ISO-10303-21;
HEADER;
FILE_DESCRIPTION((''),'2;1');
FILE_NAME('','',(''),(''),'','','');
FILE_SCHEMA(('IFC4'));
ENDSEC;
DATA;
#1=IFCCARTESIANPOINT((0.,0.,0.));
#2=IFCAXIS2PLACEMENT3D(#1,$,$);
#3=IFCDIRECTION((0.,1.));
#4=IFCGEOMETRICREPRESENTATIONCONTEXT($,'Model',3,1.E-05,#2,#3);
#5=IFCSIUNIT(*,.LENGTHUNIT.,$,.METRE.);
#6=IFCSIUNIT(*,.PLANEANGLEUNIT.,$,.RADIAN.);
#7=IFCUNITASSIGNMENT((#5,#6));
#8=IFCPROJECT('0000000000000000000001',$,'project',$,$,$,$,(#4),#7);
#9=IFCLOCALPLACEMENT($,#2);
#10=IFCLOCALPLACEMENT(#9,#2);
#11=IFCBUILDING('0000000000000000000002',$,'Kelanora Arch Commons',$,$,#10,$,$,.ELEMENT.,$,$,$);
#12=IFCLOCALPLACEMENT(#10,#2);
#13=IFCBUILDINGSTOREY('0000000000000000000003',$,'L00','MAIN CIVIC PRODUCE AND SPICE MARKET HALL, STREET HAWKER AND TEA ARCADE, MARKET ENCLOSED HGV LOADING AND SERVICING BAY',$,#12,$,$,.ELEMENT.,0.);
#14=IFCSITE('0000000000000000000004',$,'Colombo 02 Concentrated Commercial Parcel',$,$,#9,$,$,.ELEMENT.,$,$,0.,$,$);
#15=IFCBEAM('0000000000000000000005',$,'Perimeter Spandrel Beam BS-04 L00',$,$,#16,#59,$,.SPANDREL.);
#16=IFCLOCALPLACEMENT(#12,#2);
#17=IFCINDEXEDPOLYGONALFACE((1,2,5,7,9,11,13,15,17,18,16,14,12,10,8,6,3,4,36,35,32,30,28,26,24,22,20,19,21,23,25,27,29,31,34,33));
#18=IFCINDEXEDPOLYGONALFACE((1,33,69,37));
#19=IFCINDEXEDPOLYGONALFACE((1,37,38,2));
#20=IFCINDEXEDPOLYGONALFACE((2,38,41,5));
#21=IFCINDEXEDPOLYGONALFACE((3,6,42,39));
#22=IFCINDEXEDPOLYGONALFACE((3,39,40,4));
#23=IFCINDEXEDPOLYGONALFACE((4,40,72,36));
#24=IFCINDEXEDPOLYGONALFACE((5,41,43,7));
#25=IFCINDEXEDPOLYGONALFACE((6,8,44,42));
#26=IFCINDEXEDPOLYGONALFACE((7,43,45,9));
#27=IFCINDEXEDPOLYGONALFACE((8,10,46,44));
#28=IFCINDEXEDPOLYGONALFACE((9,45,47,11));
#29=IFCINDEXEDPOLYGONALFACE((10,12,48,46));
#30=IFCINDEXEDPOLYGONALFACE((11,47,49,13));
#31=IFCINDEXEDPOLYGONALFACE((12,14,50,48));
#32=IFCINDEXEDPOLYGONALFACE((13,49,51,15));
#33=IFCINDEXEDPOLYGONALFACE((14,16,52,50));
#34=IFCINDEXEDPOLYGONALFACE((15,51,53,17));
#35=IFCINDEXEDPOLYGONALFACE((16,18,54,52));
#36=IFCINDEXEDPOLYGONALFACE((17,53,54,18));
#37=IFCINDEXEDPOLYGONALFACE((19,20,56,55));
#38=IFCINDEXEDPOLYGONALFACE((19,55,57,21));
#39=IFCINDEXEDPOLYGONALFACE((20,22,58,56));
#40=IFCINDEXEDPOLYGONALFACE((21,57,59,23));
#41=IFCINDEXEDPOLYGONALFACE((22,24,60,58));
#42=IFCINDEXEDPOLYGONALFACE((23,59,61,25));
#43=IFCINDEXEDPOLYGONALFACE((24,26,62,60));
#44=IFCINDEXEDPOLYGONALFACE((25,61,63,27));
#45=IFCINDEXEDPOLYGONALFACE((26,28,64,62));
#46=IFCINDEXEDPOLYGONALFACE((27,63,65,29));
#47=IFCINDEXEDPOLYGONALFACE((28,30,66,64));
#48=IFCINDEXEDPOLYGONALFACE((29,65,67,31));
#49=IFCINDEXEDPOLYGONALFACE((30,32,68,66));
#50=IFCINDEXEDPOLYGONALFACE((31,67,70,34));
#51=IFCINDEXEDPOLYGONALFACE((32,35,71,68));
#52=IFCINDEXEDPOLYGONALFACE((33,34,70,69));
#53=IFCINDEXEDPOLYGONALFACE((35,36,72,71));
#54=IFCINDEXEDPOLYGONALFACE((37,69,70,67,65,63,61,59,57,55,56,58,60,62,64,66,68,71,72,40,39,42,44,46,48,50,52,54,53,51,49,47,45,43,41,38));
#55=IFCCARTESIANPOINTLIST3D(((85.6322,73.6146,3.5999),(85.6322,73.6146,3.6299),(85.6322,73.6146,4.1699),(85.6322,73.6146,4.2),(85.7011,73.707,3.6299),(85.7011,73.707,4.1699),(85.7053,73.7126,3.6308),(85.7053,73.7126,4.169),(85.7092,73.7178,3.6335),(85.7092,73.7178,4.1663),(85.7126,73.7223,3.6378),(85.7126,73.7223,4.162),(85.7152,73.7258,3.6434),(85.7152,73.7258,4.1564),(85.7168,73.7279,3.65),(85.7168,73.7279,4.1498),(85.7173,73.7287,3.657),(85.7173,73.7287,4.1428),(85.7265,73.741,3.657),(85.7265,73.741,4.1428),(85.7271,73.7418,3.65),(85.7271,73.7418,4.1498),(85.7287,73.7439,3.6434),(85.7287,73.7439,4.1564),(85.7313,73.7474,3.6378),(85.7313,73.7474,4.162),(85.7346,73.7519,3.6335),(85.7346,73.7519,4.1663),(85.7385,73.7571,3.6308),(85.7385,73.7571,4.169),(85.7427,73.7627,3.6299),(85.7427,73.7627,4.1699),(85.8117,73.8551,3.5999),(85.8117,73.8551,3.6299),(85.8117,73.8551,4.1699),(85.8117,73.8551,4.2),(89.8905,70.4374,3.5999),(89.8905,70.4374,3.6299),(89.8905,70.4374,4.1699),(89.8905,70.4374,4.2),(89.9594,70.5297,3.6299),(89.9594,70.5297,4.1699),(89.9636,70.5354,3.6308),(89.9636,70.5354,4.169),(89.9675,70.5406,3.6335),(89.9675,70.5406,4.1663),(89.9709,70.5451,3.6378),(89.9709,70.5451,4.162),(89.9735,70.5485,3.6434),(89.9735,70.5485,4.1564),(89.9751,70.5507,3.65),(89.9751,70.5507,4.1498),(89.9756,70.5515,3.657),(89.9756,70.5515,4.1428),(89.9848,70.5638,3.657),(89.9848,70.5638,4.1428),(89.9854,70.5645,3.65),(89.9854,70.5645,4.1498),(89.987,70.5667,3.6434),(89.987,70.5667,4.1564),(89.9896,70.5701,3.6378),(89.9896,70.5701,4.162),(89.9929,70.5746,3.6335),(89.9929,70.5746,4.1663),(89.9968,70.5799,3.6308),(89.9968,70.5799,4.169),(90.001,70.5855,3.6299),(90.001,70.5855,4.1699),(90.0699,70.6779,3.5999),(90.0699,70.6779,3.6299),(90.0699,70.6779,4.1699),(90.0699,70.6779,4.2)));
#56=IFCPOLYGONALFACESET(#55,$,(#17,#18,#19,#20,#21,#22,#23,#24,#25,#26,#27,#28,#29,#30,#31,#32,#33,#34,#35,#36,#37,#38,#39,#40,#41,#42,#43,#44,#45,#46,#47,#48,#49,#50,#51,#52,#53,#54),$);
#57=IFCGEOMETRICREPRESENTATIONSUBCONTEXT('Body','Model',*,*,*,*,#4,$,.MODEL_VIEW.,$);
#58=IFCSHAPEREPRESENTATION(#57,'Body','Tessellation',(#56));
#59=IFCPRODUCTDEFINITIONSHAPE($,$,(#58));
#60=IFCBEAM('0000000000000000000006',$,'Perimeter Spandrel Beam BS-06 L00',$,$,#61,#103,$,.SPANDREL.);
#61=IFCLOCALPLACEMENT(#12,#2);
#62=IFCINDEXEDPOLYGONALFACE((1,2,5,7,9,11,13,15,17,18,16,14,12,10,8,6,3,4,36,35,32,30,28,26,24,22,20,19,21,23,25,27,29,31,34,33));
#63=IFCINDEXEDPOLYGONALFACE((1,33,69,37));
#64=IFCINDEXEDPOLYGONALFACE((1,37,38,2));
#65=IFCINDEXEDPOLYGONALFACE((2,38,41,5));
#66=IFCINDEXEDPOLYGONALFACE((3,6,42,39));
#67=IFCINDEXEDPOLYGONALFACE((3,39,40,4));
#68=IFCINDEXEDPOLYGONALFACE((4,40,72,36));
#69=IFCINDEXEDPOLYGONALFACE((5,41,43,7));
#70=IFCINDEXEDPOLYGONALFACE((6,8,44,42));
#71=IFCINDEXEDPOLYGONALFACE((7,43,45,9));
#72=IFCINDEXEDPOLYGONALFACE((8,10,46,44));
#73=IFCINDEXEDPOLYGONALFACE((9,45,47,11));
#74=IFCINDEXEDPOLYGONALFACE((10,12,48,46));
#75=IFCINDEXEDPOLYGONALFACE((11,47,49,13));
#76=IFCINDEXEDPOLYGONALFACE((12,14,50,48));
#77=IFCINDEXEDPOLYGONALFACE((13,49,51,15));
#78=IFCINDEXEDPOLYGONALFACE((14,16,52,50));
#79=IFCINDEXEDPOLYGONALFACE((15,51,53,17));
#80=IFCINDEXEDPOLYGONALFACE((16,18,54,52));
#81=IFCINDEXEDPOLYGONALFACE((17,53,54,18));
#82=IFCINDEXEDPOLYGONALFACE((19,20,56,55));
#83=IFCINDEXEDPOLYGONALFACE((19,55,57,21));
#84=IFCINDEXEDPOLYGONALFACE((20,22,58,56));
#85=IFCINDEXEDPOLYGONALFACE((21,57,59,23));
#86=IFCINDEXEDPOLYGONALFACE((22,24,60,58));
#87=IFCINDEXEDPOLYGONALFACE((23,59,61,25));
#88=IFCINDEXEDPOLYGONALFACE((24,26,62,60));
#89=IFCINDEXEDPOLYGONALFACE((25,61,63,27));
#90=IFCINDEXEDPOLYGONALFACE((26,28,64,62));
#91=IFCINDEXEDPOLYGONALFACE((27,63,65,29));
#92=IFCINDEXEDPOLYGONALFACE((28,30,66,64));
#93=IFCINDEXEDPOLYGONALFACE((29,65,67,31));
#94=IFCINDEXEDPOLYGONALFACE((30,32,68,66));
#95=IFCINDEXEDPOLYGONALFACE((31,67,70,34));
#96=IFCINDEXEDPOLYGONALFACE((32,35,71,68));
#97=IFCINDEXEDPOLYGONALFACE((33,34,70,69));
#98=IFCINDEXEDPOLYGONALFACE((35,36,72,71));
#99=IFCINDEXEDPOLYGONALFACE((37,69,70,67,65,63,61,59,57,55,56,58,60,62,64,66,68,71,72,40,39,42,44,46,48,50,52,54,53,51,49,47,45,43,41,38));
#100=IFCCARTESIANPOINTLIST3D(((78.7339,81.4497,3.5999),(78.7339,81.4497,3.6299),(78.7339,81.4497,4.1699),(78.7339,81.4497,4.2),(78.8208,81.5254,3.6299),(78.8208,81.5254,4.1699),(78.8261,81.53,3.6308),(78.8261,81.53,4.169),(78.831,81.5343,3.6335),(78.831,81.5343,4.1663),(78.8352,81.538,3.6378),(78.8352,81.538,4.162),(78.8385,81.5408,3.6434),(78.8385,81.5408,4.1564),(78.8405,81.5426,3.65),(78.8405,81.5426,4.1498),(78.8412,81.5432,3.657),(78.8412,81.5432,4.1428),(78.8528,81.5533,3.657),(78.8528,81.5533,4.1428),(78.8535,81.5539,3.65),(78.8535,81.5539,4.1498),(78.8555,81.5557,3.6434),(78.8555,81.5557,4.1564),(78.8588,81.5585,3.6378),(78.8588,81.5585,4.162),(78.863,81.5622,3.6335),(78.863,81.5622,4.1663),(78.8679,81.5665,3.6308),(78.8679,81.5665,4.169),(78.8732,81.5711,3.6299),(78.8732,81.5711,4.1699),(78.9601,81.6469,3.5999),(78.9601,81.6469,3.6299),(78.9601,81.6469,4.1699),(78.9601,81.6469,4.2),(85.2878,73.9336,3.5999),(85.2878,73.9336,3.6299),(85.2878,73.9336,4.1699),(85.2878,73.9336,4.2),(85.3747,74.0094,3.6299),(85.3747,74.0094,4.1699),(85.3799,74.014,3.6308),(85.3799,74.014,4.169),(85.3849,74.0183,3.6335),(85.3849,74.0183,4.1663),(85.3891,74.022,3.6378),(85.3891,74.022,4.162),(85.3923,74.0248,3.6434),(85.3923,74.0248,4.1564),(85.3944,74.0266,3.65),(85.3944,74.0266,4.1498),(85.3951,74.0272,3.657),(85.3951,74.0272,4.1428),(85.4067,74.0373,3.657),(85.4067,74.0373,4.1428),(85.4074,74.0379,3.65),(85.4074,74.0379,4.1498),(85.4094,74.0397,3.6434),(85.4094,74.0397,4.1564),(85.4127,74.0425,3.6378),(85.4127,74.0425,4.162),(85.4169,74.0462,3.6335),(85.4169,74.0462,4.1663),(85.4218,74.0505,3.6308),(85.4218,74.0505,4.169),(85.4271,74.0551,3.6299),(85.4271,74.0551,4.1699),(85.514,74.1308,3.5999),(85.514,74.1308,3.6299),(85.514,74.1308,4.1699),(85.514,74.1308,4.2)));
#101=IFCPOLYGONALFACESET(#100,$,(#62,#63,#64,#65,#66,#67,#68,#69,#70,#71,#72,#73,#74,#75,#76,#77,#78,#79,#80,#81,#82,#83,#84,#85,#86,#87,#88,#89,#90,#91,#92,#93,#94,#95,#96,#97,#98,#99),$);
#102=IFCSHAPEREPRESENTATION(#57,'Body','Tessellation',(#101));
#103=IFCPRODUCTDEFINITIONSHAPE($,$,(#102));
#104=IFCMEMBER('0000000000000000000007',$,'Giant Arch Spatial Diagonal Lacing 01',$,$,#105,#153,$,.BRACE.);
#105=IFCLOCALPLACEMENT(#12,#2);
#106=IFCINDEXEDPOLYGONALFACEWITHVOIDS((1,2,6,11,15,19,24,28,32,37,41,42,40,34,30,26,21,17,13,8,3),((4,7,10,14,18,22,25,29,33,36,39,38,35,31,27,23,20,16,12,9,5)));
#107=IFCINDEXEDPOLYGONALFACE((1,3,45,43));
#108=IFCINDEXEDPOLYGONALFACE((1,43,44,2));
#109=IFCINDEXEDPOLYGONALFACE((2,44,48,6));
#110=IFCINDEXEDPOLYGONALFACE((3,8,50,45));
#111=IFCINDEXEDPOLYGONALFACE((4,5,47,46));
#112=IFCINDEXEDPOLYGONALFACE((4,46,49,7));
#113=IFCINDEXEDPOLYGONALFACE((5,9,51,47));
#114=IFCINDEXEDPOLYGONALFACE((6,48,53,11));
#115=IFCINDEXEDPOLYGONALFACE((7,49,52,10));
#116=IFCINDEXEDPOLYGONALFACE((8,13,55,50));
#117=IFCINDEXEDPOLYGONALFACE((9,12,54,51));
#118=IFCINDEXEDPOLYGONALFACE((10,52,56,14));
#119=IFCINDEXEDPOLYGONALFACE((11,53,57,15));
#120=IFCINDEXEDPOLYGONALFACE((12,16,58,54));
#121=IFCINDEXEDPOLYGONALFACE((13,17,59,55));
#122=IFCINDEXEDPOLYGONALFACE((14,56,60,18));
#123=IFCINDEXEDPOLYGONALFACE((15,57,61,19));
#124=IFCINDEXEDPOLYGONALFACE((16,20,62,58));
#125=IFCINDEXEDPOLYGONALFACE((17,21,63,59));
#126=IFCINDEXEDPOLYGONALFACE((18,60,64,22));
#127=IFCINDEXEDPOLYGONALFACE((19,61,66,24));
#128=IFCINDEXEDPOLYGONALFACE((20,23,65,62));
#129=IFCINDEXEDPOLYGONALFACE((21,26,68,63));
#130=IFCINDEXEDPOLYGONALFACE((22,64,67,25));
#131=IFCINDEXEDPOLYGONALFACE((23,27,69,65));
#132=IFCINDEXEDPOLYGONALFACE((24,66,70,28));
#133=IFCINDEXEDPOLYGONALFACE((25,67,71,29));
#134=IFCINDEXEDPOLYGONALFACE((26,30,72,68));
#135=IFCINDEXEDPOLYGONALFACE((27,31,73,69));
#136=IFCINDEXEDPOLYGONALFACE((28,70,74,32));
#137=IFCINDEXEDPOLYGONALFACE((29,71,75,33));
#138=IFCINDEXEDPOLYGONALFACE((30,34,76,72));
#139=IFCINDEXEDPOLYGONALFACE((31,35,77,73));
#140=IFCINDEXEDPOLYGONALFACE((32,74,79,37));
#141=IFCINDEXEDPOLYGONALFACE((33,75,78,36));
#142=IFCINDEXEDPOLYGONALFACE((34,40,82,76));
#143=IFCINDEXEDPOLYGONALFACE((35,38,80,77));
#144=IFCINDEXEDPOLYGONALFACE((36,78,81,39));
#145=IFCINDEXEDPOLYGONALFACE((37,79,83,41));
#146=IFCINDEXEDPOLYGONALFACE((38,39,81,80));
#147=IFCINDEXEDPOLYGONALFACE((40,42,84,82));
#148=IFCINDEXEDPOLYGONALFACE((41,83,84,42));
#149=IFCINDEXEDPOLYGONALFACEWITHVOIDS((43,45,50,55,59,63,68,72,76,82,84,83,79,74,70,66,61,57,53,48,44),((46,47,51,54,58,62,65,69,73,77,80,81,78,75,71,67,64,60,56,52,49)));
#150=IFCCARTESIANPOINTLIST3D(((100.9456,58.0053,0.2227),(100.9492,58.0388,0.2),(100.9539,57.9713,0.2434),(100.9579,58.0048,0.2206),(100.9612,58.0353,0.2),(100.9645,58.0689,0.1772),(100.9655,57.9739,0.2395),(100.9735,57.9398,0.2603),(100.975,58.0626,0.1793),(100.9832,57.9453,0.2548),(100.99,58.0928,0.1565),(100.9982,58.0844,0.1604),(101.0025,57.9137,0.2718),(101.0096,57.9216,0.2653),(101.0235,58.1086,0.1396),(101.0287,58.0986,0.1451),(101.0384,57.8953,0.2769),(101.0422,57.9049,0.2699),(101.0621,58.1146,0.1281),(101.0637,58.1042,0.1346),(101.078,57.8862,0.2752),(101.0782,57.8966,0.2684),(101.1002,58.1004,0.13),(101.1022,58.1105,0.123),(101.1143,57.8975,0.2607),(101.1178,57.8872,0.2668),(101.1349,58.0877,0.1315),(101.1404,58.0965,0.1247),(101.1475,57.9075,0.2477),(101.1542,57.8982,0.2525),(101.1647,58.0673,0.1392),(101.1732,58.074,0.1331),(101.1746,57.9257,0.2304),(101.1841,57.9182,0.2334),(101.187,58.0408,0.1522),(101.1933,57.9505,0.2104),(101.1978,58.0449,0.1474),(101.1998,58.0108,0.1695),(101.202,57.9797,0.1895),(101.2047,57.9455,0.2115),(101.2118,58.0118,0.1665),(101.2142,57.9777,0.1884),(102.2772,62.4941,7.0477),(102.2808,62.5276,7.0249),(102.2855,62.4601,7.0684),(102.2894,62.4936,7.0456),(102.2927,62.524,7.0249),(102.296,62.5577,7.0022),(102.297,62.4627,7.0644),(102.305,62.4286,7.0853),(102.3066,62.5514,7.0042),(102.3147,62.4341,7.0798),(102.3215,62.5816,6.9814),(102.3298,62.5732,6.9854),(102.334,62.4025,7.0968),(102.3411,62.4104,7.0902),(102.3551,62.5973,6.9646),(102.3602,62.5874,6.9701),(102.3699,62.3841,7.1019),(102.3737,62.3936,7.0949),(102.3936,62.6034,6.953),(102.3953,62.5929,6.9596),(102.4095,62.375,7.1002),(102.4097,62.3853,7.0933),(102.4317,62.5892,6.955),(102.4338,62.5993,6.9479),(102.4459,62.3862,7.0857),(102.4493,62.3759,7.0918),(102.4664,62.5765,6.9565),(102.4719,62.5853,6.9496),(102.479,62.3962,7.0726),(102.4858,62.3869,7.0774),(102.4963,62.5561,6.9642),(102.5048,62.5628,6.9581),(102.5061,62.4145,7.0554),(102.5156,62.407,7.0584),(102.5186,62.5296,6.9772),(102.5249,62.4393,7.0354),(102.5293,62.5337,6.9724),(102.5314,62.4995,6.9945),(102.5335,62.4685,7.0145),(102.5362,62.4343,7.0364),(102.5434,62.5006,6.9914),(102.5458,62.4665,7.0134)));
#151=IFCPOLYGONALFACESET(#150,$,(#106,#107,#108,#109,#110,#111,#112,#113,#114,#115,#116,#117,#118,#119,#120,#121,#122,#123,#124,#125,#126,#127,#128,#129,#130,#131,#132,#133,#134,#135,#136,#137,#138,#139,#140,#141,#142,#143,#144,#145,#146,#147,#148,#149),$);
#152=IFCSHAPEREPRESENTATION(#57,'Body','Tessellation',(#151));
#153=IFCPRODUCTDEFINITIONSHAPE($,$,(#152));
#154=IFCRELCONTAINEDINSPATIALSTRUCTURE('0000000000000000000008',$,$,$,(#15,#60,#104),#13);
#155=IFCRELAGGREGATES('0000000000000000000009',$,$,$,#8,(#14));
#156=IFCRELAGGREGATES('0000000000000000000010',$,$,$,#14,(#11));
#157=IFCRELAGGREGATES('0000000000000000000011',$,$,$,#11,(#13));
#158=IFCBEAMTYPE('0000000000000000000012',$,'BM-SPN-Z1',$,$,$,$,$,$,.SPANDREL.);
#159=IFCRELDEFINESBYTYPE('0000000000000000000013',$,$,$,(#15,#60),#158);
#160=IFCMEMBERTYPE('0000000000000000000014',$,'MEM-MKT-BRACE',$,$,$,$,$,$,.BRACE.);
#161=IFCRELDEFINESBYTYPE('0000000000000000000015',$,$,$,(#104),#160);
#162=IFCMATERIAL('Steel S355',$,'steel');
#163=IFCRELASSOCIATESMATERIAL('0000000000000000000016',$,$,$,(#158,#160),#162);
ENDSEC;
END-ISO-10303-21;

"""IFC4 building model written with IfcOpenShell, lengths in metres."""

from ifc_helpers import new_model, si_unit, direction, frame, origin, origin_2d, place, context, subcontext, project, spatial, hollow_circle, i_section, extrude, material, material_profile, profile_set, type_object, element, save


model = new_model("IFC4")

# Units and contexts
model_context = context("Model", 3, precision=1e-05, world=origin(), true_north=direction((0.0, 1.0)))
body_context = subcontext(model_context, "Body", "Model", "MODEL_VIEW")
ifc_project = project(units=[si_unit("LENGTHUNIT", "METRE"), si_unit("PLANEANGLEUNIT", "RADIAN")], contexts=[model_context])

# Site, building, storey
site_placement = place(None, origin())
site = spatial("IfcSite", under=ifc_project, at=site_placement, Name="Colombo 02 Concentrated Commercial Parcel", CompositionType="ELEMENT", RefElevation=0.0)
building_placement = place(site_placement, origin())
building = spatial("IfcBuilding", under=site, at=building_placement, Name="Kelanora Arch Commons", CompositionType="ELEMENT")
storey_placement = place(building_placement, origin())
storey = spatial("IfcBuildingStorey", under=building, at=storey_placement, Name="L00", Description="MAIN CIVIC PRODUCE AND SPICE MARKET HALL, STREET HAWKER AND TEA ARCADE, MARKET ENCLOSED HGV LOADING AND SERVICING BAY", CompositionType="ELEMENT", Elevation=0.0)

# Shared definitions
ifc_material_1 = material(Name="Steel S355", Category="steel")

# Beams
ifc_material_profile_1 = material_profile(ifc_material_1, i_section(OverallWidth=0.3, OverallDepth=0.6001, WebThickness=0.0154, FlangeThickness=0.03, FilletRadius=0.0271, at=origin_2d()), Name="HEB600")
ifc_profile_set_1 = profile_set([ifc_material_profile_1], Name="Steel S355")
beam_type_1 = type_object("IfcBeamType", Name="BM-SPN-Z1", PredefinedType="SPANDREL", material=ifc_profile_set_1)
beam_1_placement = place(storey_placement, frame((89.9802, 70.5576, 3.8999), z_axis=(-0.801486, 0.598013, 0.0), x_axis=(-0.598013, -0.801486, 0.0)))
element("IfcBeam", 1, at=beam_1_placement, inside=storey, type_object=beam_type_1, Name="Perimeter Spandrel Beam BS-04 L00", PredefinedType="SPANDREL", context=body_context, shape_type="SweptSolid", body=[
    extrude(i_section(OverallWidth=0.3, OverallDepth=0.6001, WebThickness=0.0154, FlangeThickness=0.03, FilletRadius=0.0271, at=origin_2d()), origin(), (0.0, 0.0, 1.0), 5.313),
])
beam_2_placement = place(storey_placement, frame((85.4009, 74.0322, 3.8999), z_axis=(-0.657218, 0.753701, 0.0), x_axis=(-0.753701, -0.657218, 0.0)))
element("IfcBeam", 2, at=beam_2_placement, inside=storey, type_object=beam_type_1, Name="Perimeter Spandrel Beam BS-06 L00", PredefinedType="SPANDREL", context=body_context, shape_type="SweptSolid", body=[
    extrude(i_section(OverallWidth=0.3, OverallDepth=0.6001, WebThickness=0.0154, FlangeThickness=0.03, FilletRadius=0.0271, at=origin_2d()), origin(), (0.0, 0.0, 1.0), 9.9722),
])

# Member
ifc_material_profile_2 = material_profile(ifc_material_1, hollow_circle(Radius=0.1365, WallThickness=0.0125, at=origin_2d()), Name="CHS273x12.5")
ifc_profile_set_2 = profile_set([ifc_material_profile_2], Name="Steel S355")
member_type = type_object("IfcMemberType", Name="MEM-MKT-BRACE", PredefinedType="BRACE", material=ifc_profile_set_2)
member_1_placement = place(storey_placement, frame((101.0801, 58.0, 0.2), z_axis=(0.160881, 0.542345, 0.824609), x_axis=(-0.958709, 0.28439, 0.0)))
element("IfcMember", 3, at=member_1_placement, inside=storey, type_object=member_type, Name="Giant Arch Spatial Diagonal Lacing 01", PredefinedType="BRACE", context=body_context, shape_type="SweptSolid", body=[
    extrude(hollow_circle(Radius=0.1365, WallThickness=0.0125, at=origin_2d()), origin(), (0.0, 0.0, 1.0), 8.2766),
])

save(model, "model.ifc")
